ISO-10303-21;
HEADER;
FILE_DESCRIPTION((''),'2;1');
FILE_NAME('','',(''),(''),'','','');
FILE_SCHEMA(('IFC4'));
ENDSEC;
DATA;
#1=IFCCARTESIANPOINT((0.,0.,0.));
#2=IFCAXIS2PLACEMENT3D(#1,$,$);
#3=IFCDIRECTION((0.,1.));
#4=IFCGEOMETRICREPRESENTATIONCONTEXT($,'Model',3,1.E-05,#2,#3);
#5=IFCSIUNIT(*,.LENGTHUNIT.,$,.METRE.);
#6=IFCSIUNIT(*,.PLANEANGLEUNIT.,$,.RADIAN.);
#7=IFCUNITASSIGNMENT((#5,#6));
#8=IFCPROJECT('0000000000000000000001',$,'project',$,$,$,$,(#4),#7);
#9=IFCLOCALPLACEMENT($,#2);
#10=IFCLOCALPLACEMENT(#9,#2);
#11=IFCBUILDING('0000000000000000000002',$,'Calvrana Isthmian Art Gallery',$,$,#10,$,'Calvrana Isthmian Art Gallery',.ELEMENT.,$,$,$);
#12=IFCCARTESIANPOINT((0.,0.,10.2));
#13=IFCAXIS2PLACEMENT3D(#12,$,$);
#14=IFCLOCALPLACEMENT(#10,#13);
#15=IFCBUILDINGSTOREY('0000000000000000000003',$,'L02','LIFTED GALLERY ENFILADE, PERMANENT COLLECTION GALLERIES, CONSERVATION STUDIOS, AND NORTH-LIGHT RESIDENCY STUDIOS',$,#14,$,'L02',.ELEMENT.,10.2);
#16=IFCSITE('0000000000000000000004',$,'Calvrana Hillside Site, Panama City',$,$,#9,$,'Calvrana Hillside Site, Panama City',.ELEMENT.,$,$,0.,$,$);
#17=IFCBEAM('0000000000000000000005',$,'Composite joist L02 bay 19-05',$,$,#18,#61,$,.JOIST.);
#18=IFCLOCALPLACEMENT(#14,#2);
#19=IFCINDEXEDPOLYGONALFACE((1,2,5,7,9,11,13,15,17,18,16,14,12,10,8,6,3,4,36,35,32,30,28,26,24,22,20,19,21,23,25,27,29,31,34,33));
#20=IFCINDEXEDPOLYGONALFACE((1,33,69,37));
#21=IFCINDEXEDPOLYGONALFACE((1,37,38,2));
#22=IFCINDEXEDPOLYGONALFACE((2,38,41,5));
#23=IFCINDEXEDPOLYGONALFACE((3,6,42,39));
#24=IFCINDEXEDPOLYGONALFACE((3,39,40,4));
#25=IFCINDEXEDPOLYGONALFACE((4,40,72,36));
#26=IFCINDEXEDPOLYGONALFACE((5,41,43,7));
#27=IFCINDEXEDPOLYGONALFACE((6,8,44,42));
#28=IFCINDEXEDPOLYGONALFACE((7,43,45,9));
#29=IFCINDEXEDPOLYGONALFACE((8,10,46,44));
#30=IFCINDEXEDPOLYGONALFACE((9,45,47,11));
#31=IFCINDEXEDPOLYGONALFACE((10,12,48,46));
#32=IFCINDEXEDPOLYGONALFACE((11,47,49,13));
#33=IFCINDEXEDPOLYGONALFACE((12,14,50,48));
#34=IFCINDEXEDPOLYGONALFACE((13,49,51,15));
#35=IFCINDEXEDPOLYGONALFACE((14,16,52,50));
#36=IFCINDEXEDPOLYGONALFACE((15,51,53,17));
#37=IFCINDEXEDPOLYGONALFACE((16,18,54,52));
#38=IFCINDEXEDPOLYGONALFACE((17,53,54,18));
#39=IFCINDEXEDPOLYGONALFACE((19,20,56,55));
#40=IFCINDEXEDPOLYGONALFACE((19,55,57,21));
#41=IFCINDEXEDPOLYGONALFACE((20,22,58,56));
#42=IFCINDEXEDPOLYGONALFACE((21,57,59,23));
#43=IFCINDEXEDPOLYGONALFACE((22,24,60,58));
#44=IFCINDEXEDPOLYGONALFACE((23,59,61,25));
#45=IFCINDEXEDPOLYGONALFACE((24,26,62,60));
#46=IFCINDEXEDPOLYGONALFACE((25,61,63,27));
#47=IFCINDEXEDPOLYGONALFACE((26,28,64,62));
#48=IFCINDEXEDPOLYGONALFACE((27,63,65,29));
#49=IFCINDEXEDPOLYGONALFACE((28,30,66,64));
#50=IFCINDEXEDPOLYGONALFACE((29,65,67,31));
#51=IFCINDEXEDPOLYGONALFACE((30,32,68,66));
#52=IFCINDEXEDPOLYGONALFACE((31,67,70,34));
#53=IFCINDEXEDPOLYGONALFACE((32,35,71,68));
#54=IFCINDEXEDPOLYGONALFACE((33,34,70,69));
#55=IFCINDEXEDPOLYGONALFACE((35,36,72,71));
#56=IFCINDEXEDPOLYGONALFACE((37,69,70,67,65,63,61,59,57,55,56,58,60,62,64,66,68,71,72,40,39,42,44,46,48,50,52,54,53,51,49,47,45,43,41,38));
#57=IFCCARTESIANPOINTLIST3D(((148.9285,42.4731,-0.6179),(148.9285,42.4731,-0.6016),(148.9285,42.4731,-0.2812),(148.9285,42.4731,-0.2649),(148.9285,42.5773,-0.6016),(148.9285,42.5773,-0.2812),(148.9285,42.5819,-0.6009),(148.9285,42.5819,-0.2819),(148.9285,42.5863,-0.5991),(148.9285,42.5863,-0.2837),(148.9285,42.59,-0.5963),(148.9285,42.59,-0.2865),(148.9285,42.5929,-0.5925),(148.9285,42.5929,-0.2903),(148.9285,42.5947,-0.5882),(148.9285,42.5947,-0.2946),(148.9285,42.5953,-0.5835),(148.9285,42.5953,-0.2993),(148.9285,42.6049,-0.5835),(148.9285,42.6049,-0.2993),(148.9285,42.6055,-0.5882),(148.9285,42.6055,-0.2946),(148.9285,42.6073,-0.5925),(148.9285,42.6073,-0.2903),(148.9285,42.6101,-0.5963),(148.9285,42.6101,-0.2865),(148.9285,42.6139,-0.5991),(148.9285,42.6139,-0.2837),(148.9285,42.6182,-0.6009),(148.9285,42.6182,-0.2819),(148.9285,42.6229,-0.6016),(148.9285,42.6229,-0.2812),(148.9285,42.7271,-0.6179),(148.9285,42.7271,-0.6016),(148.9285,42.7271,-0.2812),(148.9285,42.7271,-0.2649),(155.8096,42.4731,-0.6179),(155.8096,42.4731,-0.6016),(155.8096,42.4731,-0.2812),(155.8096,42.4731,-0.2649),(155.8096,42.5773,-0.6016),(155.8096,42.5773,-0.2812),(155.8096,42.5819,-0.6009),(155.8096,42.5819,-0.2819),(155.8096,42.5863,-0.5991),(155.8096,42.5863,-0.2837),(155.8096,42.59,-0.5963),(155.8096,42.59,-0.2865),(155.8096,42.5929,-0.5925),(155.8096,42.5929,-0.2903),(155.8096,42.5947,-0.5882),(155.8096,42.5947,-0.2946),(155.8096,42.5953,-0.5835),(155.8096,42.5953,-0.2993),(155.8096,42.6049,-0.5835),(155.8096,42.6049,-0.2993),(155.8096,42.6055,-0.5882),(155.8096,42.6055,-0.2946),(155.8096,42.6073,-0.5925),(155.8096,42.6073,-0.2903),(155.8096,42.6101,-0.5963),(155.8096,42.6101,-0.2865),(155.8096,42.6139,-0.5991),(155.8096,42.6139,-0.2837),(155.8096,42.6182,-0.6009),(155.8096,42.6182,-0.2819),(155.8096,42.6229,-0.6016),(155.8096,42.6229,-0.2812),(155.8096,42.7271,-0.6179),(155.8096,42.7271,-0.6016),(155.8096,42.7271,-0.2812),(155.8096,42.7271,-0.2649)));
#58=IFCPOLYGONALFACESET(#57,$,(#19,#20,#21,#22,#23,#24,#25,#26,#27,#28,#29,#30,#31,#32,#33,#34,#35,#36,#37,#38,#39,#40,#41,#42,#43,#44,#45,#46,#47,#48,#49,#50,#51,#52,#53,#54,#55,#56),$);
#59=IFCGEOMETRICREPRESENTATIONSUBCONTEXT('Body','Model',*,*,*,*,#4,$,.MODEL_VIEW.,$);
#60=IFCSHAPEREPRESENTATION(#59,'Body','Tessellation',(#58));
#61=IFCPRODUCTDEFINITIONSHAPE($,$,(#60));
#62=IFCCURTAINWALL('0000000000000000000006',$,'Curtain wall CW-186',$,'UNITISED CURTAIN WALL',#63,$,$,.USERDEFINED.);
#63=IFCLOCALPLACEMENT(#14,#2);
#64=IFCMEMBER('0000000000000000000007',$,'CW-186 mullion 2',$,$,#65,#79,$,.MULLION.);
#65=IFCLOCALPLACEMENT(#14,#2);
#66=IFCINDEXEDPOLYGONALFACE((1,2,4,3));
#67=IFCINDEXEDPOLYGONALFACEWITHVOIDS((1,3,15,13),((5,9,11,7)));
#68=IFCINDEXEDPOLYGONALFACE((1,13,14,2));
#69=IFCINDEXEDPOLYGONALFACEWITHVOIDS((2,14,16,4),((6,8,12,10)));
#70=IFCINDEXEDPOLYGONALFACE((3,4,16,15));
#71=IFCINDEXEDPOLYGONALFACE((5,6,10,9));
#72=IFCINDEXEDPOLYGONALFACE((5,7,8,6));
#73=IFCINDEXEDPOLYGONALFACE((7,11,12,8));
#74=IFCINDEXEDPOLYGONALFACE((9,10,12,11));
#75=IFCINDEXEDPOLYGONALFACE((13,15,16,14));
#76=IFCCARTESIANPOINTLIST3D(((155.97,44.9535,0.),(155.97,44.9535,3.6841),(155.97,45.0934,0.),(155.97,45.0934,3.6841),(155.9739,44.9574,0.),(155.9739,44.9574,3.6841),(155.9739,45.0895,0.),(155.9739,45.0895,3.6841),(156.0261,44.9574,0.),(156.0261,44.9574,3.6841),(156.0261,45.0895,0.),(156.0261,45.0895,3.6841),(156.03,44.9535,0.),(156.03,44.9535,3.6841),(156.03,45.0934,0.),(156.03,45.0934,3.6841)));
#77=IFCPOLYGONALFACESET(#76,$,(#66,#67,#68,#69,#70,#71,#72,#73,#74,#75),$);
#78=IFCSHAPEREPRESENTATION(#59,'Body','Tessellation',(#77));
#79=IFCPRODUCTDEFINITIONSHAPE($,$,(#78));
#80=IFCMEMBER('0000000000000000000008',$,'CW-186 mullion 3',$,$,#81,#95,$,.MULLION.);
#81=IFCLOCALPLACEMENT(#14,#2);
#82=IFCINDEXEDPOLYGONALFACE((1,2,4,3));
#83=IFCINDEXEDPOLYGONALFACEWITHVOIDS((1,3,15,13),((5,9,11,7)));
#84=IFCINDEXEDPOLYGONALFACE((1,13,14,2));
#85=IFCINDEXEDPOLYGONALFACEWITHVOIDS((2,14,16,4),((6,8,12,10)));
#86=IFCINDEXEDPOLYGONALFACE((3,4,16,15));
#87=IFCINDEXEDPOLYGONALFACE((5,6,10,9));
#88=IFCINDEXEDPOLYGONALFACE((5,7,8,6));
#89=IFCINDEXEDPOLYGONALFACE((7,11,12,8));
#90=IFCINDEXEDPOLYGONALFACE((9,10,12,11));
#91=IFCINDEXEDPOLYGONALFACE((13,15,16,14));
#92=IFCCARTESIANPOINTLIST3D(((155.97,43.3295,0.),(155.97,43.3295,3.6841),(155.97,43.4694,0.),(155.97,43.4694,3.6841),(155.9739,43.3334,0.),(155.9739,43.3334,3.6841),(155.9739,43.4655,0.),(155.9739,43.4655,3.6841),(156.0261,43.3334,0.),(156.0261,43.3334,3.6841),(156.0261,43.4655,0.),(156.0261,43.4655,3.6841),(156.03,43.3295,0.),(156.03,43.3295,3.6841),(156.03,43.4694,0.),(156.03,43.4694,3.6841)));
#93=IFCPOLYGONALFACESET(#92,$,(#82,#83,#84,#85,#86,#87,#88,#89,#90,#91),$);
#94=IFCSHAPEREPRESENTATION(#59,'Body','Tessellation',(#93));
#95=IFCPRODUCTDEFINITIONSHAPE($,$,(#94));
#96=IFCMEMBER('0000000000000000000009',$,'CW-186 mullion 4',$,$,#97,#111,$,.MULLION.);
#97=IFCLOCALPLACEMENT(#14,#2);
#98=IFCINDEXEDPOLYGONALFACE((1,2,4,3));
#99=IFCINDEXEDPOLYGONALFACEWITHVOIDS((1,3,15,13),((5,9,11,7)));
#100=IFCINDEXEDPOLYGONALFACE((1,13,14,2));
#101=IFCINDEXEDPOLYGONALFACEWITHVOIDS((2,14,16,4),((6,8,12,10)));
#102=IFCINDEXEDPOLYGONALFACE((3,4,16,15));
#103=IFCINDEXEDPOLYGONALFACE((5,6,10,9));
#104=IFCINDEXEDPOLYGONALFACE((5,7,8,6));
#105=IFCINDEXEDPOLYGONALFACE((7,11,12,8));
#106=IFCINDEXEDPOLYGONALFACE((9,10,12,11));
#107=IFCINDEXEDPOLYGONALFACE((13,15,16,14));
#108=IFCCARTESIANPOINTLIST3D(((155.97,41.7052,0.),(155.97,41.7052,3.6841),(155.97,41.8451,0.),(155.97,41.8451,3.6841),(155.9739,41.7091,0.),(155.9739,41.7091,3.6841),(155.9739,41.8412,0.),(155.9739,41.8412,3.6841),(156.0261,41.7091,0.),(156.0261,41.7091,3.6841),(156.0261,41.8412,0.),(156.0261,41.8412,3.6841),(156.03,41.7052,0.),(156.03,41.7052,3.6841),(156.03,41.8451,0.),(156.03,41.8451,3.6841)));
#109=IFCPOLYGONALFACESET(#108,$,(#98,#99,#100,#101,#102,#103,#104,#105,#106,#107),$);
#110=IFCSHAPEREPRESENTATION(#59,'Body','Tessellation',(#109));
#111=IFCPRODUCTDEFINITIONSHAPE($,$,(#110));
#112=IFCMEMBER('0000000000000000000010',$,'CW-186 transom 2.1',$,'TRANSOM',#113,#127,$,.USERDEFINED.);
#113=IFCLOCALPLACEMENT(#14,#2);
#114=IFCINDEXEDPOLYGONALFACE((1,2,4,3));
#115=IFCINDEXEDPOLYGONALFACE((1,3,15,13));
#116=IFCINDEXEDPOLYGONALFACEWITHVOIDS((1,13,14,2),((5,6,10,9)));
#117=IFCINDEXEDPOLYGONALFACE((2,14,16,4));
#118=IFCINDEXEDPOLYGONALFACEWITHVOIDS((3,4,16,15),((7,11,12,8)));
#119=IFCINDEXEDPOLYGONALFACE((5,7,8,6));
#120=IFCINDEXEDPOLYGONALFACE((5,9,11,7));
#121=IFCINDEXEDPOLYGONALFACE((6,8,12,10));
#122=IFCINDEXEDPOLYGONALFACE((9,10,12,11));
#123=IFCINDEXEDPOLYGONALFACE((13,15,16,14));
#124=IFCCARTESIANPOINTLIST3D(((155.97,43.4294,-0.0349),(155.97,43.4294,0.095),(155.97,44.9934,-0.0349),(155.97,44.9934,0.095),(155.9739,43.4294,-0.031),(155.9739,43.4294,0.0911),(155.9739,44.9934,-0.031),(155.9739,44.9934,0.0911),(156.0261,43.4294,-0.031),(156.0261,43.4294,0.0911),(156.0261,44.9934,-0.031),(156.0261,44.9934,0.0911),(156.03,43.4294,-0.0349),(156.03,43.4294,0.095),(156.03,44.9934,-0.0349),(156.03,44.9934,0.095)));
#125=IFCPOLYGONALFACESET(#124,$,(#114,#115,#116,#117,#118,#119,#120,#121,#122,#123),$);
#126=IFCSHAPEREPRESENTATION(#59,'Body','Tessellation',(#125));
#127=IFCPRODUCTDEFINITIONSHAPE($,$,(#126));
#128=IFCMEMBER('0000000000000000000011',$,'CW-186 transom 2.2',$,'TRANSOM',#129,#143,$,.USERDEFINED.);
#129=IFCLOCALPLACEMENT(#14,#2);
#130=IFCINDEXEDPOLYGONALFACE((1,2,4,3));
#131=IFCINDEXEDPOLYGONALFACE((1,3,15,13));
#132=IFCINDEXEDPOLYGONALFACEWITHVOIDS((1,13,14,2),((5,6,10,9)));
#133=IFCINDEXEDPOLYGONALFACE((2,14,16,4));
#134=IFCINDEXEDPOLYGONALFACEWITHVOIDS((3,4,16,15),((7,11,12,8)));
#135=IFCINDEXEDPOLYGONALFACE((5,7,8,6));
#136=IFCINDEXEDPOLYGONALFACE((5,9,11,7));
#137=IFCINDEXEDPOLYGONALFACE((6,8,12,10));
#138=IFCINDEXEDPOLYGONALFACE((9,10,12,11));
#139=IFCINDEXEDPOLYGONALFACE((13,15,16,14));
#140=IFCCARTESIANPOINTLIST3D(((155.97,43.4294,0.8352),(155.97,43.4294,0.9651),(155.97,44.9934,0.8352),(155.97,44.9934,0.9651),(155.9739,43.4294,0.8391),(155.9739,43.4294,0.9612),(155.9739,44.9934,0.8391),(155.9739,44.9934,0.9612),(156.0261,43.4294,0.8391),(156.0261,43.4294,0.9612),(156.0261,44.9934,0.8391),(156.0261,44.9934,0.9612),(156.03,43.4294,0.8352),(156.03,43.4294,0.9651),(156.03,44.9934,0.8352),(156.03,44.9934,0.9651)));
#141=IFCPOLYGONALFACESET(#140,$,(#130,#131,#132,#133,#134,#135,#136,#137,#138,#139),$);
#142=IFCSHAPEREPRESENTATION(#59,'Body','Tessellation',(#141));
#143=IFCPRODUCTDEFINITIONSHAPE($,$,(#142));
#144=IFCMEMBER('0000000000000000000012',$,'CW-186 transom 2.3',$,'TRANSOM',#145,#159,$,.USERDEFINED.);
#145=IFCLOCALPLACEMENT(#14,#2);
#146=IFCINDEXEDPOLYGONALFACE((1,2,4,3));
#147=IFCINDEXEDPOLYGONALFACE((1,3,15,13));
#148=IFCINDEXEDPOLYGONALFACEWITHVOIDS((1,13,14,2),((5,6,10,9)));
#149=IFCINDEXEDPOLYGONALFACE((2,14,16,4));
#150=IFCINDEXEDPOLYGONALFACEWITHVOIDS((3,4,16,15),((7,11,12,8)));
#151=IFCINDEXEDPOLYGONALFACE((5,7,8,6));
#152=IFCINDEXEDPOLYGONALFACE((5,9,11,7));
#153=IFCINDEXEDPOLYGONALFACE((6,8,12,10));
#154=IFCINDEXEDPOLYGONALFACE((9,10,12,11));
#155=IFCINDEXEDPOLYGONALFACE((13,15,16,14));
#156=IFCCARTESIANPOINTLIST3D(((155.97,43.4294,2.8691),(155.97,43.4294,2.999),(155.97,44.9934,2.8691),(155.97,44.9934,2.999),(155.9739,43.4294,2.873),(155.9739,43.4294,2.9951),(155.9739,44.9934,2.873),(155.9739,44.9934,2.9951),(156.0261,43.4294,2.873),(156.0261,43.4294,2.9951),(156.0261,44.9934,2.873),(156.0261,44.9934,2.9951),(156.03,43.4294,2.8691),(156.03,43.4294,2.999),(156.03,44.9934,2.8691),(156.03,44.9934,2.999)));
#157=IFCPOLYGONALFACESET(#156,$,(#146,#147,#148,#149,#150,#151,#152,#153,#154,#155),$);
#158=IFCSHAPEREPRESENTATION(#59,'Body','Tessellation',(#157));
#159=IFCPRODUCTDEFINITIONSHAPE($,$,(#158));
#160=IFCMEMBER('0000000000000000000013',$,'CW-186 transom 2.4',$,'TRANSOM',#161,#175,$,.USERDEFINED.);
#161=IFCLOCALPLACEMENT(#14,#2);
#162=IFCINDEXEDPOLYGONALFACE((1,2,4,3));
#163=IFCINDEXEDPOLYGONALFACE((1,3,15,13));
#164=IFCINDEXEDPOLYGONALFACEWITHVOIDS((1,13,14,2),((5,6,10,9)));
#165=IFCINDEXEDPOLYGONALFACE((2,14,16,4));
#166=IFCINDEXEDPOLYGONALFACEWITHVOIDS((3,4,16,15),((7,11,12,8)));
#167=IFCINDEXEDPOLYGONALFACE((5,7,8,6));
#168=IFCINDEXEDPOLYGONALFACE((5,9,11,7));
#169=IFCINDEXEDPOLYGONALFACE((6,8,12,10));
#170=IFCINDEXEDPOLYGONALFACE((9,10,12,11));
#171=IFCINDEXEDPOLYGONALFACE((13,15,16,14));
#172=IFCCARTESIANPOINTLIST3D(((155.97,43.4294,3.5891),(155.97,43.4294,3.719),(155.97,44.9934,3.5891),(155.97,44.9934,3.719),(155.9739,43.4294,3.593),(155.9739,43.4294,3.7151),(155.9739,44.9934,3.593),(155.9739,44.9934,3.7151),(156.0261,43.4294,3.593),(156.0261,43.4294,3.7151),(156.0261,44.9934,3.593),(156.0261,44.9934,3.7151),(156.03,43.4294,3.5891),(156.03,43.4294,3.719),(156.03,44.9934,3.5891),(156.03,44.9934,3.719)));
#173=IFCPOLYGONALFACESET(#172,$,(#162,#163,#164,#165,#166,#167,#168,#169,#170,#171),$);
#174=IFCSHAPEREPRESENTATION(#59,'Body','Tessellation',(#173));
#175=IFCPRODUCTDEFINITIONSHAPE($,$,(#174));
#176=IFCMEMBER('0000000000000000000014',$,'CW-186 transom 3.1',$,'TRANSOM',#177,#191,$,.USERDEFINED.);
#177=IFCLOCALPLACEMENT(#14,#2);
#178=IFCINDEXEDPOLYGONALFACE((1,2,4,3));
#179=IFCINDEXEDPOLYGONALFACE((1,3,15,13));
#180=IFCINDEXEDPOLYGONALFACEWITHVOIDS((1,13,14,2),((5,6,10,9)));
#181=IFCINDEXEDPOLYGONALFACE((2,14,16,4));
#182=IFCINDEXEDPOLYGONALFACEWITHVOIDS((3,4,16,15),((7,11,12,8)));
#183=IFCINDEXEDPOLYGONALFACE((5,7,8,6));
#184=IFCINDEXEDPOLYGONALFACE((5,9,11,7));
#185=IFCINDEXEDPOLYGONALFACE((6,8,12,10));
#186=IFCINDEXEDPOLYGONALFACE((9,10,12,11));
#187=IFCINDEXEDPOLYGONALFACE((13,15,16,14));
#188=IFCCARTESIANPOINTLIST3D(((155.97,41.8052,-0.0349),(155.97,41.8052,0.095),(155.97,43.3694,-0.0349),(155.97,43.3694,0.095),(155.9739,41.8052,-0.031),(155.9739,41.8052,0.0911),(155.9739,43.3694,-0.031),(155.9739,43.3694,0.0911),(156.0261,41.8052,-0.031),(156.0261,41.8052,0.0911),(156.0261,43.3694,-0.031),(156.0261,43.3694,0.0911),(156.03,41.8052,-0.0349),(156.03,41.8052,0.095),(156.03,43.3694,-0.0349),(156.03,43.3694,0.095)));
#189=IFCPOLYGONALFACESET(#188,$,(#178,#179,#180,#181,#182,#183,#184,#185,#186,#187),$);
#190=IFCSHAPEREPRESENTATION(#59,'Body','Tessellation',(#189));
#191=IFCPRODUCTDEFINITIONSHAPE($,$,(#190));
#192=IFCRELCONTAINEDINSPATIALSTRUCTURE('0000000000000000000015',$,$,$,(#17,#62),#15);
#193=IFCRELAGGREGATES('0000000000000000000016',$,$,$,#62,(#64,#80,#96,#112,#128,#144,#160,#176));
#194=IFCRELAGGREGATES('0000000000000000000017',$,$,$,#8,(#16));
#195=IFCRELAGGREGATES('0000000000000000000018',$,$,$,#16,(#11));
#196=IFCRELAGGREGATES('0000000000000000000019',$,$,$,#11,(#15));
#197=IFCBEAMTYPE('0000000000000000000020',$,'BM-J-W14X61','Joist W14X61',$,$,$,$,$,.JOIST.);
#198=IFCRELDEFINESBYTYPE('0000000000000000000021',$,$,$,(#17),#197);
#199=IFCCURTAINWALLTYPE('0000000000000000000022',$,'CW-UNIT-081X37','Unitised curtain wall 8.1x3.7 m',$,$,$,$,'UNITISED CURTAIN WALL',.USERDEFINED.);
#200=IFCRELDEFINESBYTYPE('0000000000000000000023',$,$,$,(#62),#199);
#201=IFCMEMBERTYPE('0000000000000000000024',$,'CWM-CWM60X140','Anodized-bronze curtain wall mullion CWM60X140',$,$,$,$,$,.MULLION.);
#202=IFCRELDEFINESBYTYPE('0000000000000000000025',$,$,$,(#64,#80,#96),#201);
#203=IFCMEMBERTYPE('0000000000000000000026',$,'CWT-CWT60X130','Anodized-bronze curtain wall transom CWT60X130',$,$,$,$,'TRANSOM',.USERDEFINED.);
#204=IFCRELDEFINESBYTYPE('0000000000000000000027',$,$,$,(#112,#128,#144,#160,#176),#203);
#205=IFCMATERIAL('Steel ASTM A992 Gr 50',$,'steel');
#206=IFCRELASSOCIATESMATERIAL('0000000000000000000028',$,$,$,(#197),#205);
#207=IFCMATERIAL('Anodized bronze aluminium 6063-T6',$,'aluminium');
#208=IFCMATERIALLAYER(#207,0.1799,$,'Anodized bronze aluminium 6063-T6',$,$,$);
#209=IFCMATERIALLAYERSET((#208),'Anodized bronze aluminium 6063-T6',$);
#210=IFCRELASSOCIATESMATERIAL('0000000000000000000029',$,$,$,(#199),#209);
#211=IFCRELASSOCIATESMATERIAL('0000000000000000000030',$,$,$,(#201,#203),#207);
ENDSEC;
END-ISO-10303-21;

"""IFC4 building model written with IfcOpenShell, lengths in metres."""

from ifc_helpers import new_model, si_unit, direction, frame, origin, origin_2d, place, context, subcontext, project, spatial, hollow_rectangle, i_section, extrude, material, layer, layer_set, material_profile, profile_set, type_object, element, aggregate, save


model = new_model("IFC4")

# Units and contexts
model_context = context("Model", 3, precision=1e-05, world=origin(), true_north=direction((0.0, 1.0)))
body_context = subcontext(model_context, "Body", "Model", "MODEL_VIEW")
ifc_project = project(units=[si_unit("LENGTHUNIT", "METRE"), si_unit("PLANEANGLEUNIT", "RADIAN")], contexts=[model_context])

# Site, building, storey
site_placement = place(None, origin())
site = spatial("IfcSite", under=ifc_project, at=site_placement, Name="Calvrana Hillside Site, Panama City", LongName="Calvrana Hillside Site, Panama City", CompositionType="ELEMENT", RefElevation=0.0)
building_placement = place(site_placement, origin())
building = spatial("IfcBuilding", under=site, at=building_placement, Name="Calvrana Isthmian Art Gallery", LongName="Calvrana Isthmian Art Gallery", CompositionType="ELEMENT")
storey_placement = place(building_placement, frame((0.0, 0.0, 10.2)))
storey = spatial("IfcBuildingStorey", under=building, at=storey_placement, Name="L02", Description="LIFTED GALLERY ENFILADE, PERMANENT COLLECTION GALLERIES, CONSERVATION STUDIOS, AND NORTH-LIGHT RESIDENCY STUDIOS", LongName="L02", CompositionType="ELEMENT", Elevation=10.2)

# Beam
ifc_material_1 = material(Name="Steel ASTM A992 Gr 50", Category="steel")
ifc_material_profile_1 = material_profile(ifc_material_1, i_section(OverallWidth=0.2539, OverallDepth=0.353, WebThickness=0.0095, FlangeThickness=0.0164, FilletRadius=0.0181, at=origin_2d()), Name="W14X61")
ifc_profile_set_1 = profile_set([ifc_material_profile_1], Name="Steel ASTM A992 Gr 50")
beam_type = type_object("IfcBeamType", Name="BM-J-W14X61", Description="Joist W14X61", PredefinedType="JOIST", material=ifc_profile_set_1)
beam_placement = place(storey_placement, frame((148.9285, 42.6001, -0.4414), z_axis=(1.0, 0.0, 0.0), x_axis=(0.0, 1.0, 0.0)))
element("IfcBeam", 1, at=beam_placement, inside=storey, type_object=beam_type, Name="Composite joist L02 bay 19-05", PredefinedType="JOIST", context=body_context, shape_type="SweptSolid", body=[
    extrude(i_section(OverallWidth=0.2539, OverallDepth=0.353, WebThickness=0.0095, FlangeThickness=0.0164, FilletRadius=0.0181, at=origin_2d()), origin(), (0.0, 0.0, 1.0), 6.8811),
])

# Curtain wall, members
ifc_material_2 = material(Name="Anodized bronze aluminium 6063-T6", Category="aluminium")
ifc_layer_1 = layer(ifc_material_2, 0.1799, Name="Anodized bronze aluminium 6063-T6")
ifc_layer_set_1 = layer_set([ifc_layer_1], Name="Anodized bronze aluminium 6063-T6")
curtain_wall_type = type_object("IfcCurtainWallType", Name="CW-UNIT-081X37", Description="Unitised curtain wall 8.1x3.7 m", ElementType="UNITISED CURTAIN WALL", PredefinedType="USERDEFINED", material=ifc_layer_set_1)
curtain_wall_placement = place(storey_placement, origin())
curtain_wall = element("IfcCurtainWall", 2, at=curtain_wall_placement, inside=storey, type_object=curtain_wall_type, Name="Curtain wall CW-186", ObjectType="UNITISED CURTAIN WALL", PredefinedType="USERDEFINED")
ifc_material_profile_2 = material_profile(ifc_material_2, hollow_rectangle(XDim=0.0601, YDim=0.1399, WallThickness=0.0039, at=origin_2d()), Name="CWM60X140")
ifc_profile_set_2 = profile_set([ifc_material_profile_2], Name="Anodized bronze aluminium 6063-T6")
member_type_1 = type_object("IfcMemberType", Name="CWM-CWM60X140", Description="Anodized-bronze curtain wall mullion CWM60X140", PredefinedType="MULLION", material=ifc_profile_set_2)
member_1_placement = place(storey_placement, frame((156.0, 45.0234, 0.0), z_axis=(0.0, 0.0, 1.0), x_axis=(1.0, 0.0, 0.0)))
member_1 = element("IfcMember", 3, at=member_1_placement, type_object=member_type_1, Name="CW-186 mullion 2", PredefinedType="MULLION", context=body_context, shape_type="SweptSolid", body=[
    extrude(hollow_rectangle(XDim=0.0601, YDim=0.1399, WallThickness=0.0039, at=origin_2d()), origin(), (0.0, 0.0, 1.0), 3.6841),
])
member_2_placement = place(storey_placement, frame((156.0, 43.3994, 0.0), z_axis=(0.0, 0.0, 1.0), x_axis=(1.0, 0.0, 0.0)))
member_2 = element("IfcMember", 4, at=member_2_placement, type_object=member_type_1, Name="CW-186 mullion 3", PredefinedType="MULLION", context=body_context, shape_type="SweptSolid", body=[
    extrude(hollow_rectangle(XDim=0.0601, YDim=0.1399, WallThickness=0.0039, at=origin_2d()), origin(), (0.0, 0.0, 1.0), 3.6841),
])
member_3_placement = place(storey_placement, frame((156.0, 41.7751, 0.0), z_axis=(0.0, 0.0, 1.0), x_axis=(1.0, 0.0, 0.0)))
member_3 = element("IfcMember", 5, at=member_3_placement, type_object=member_type_1, Name="CW-186 mullion 4", PredefinedType="MULLION", context=body_context, shape_type="SweptSolid", body=[
    extrude(hollow_rectangle(XDim=0.0601, YDim=0.1399, WallThickness=0.0039, at=origin_2d()), origin(), (0.0, 0.0, 1.0), 3.6841),
])
ifc_material_profile_3 = material_profile(ifc_material_2, hollow_rectangle(XDim=0.0601, YDim=0.1299, WallThickness=0.0039, at=origin_2d()), Name="CWT60X130")
ifc_profile_set_3 = profile_set([ifc_material_profile_3], Name="Anodized bronze aluminium 6063-T6")
member_type_2 = type_object("IfcMemberType", Name="CWT-CWT60X130", Description="Anodized-bronze curtain wall transom CWT60X130", ElementType="TRANSOM", PredefinedType="USERDEFINED", material=ifc_profile_set_3)
member_4_placement = place(storey_placement, frame((156.0, 44.9934, 0.03), z_axis=(0.0, -1.0, 0.0), x_axis=(1.0, 0.0, 0.0)))
member_4 = element("IfcMember", 6, at=member_4_placement, type_object=member_type_2, Name="CW-186 transom 2.1", ObjectType="TRANSOM", PredefinedType="USERDEFINED", context=body_context, shape_type="SweptSolid", body=[
    extrude(hollow_rectangle(XDim=0.0601, YDim=0.1299, WallThickness=0.0039, at=origin_2d()), origin(), (0.0, 0.0, 1.0), 1.564),
])
member_5_placement = place(storey_placement, frame((156.0, 44.9934, 0.9001), z_axis=(0.0, -1.0, 0.0), x_axis=(1.0, 0.0, 0.0)))
member_5 = element("IfcMember", 7, at=member_5_placement, type_object=member_type_2, Name="CW-186 transom 2.2", ObjectType="TRANSOM", PredefinedType="USERDEFINED", context=body_context, shape_type="SweptSolid", body=[
    extrude(hollow_rectangle(XDim=0.0601, YDim=0.1299, WallThickness=0.0039, at=origin_2d()), origin(), (0.0, 0.0, 1.0), 1.564),
])
member_6_placement = place(storey_placement, frame((156.0, 44.9934, 2.9341), z_axis=(0.0, -1.0, 0.0), x_axis=(1.0, 0.0, 0.0)))
member_6 = element("IfcMember", 8, at=member_6_placement, type_object=member_type_2, Name="CW-186 transom 2.3", ObjectType="TRANSOM", PredefinedType="USERDEFINED", context=body_context, shape_type="SweptSolid", body=[
    extrude(hollow_rectangle(XDim=0.0601, YDim=0.1299, WallThickness=0.0039, at=origin_2d()), origin(), (0.0, 0.0, 1.0), 1.564),
])
member_7_placement = place(storey_placement, frame((156.0, 44.9934, 3.6541), z_axis=(0.0, -1.0, 0.0), x_axis=(1.0, 0.0, 0.0)))
member_7 = element("IfcMember", 9, at=member_7_placement, type_object=member_type_2, Name="CW-186 transom 2.4", ObjectType="TRANSOM", PredefinedType="USERDEFINED", context=body_context, shape_type="SweptSolid", body=[
    extrude(hollow_rectangle(XDim=0.0601, YDim=0.1299, WallThickness=0.0039, at=origin_2d()), origin(), (0.0, 0.0, 1.0), 1.564),
])
member_8_placement = place(storey_placement, frame((156.0, 43.3694, 0.03), z_axis=(0.0, -1.0, 0.0), x_axis=(1.0, 0.0, 0.0)))
member_8 = element("IfcMember", 10, at=member_8_placement, type_object=member_type_2, Name="CW-186 transom 3.1", ObjectType="TRANSOM", PredefinedType="USERDEFINED", context=body_context, shape_type="SweptSolid", body=[
    extrude(hollow_rectangle(XDim=0.0601, YDim=0.1299, WallThickness=0.0039, at=origin_2d()), origin(), (0.0, 0.0, 1.0), 1.5642),
])
aggregate(curtain_wall, [member_1, member_2, member_3, member_4, member_5, member_6, member_7, member_8])

save(model, "model.ifc")
